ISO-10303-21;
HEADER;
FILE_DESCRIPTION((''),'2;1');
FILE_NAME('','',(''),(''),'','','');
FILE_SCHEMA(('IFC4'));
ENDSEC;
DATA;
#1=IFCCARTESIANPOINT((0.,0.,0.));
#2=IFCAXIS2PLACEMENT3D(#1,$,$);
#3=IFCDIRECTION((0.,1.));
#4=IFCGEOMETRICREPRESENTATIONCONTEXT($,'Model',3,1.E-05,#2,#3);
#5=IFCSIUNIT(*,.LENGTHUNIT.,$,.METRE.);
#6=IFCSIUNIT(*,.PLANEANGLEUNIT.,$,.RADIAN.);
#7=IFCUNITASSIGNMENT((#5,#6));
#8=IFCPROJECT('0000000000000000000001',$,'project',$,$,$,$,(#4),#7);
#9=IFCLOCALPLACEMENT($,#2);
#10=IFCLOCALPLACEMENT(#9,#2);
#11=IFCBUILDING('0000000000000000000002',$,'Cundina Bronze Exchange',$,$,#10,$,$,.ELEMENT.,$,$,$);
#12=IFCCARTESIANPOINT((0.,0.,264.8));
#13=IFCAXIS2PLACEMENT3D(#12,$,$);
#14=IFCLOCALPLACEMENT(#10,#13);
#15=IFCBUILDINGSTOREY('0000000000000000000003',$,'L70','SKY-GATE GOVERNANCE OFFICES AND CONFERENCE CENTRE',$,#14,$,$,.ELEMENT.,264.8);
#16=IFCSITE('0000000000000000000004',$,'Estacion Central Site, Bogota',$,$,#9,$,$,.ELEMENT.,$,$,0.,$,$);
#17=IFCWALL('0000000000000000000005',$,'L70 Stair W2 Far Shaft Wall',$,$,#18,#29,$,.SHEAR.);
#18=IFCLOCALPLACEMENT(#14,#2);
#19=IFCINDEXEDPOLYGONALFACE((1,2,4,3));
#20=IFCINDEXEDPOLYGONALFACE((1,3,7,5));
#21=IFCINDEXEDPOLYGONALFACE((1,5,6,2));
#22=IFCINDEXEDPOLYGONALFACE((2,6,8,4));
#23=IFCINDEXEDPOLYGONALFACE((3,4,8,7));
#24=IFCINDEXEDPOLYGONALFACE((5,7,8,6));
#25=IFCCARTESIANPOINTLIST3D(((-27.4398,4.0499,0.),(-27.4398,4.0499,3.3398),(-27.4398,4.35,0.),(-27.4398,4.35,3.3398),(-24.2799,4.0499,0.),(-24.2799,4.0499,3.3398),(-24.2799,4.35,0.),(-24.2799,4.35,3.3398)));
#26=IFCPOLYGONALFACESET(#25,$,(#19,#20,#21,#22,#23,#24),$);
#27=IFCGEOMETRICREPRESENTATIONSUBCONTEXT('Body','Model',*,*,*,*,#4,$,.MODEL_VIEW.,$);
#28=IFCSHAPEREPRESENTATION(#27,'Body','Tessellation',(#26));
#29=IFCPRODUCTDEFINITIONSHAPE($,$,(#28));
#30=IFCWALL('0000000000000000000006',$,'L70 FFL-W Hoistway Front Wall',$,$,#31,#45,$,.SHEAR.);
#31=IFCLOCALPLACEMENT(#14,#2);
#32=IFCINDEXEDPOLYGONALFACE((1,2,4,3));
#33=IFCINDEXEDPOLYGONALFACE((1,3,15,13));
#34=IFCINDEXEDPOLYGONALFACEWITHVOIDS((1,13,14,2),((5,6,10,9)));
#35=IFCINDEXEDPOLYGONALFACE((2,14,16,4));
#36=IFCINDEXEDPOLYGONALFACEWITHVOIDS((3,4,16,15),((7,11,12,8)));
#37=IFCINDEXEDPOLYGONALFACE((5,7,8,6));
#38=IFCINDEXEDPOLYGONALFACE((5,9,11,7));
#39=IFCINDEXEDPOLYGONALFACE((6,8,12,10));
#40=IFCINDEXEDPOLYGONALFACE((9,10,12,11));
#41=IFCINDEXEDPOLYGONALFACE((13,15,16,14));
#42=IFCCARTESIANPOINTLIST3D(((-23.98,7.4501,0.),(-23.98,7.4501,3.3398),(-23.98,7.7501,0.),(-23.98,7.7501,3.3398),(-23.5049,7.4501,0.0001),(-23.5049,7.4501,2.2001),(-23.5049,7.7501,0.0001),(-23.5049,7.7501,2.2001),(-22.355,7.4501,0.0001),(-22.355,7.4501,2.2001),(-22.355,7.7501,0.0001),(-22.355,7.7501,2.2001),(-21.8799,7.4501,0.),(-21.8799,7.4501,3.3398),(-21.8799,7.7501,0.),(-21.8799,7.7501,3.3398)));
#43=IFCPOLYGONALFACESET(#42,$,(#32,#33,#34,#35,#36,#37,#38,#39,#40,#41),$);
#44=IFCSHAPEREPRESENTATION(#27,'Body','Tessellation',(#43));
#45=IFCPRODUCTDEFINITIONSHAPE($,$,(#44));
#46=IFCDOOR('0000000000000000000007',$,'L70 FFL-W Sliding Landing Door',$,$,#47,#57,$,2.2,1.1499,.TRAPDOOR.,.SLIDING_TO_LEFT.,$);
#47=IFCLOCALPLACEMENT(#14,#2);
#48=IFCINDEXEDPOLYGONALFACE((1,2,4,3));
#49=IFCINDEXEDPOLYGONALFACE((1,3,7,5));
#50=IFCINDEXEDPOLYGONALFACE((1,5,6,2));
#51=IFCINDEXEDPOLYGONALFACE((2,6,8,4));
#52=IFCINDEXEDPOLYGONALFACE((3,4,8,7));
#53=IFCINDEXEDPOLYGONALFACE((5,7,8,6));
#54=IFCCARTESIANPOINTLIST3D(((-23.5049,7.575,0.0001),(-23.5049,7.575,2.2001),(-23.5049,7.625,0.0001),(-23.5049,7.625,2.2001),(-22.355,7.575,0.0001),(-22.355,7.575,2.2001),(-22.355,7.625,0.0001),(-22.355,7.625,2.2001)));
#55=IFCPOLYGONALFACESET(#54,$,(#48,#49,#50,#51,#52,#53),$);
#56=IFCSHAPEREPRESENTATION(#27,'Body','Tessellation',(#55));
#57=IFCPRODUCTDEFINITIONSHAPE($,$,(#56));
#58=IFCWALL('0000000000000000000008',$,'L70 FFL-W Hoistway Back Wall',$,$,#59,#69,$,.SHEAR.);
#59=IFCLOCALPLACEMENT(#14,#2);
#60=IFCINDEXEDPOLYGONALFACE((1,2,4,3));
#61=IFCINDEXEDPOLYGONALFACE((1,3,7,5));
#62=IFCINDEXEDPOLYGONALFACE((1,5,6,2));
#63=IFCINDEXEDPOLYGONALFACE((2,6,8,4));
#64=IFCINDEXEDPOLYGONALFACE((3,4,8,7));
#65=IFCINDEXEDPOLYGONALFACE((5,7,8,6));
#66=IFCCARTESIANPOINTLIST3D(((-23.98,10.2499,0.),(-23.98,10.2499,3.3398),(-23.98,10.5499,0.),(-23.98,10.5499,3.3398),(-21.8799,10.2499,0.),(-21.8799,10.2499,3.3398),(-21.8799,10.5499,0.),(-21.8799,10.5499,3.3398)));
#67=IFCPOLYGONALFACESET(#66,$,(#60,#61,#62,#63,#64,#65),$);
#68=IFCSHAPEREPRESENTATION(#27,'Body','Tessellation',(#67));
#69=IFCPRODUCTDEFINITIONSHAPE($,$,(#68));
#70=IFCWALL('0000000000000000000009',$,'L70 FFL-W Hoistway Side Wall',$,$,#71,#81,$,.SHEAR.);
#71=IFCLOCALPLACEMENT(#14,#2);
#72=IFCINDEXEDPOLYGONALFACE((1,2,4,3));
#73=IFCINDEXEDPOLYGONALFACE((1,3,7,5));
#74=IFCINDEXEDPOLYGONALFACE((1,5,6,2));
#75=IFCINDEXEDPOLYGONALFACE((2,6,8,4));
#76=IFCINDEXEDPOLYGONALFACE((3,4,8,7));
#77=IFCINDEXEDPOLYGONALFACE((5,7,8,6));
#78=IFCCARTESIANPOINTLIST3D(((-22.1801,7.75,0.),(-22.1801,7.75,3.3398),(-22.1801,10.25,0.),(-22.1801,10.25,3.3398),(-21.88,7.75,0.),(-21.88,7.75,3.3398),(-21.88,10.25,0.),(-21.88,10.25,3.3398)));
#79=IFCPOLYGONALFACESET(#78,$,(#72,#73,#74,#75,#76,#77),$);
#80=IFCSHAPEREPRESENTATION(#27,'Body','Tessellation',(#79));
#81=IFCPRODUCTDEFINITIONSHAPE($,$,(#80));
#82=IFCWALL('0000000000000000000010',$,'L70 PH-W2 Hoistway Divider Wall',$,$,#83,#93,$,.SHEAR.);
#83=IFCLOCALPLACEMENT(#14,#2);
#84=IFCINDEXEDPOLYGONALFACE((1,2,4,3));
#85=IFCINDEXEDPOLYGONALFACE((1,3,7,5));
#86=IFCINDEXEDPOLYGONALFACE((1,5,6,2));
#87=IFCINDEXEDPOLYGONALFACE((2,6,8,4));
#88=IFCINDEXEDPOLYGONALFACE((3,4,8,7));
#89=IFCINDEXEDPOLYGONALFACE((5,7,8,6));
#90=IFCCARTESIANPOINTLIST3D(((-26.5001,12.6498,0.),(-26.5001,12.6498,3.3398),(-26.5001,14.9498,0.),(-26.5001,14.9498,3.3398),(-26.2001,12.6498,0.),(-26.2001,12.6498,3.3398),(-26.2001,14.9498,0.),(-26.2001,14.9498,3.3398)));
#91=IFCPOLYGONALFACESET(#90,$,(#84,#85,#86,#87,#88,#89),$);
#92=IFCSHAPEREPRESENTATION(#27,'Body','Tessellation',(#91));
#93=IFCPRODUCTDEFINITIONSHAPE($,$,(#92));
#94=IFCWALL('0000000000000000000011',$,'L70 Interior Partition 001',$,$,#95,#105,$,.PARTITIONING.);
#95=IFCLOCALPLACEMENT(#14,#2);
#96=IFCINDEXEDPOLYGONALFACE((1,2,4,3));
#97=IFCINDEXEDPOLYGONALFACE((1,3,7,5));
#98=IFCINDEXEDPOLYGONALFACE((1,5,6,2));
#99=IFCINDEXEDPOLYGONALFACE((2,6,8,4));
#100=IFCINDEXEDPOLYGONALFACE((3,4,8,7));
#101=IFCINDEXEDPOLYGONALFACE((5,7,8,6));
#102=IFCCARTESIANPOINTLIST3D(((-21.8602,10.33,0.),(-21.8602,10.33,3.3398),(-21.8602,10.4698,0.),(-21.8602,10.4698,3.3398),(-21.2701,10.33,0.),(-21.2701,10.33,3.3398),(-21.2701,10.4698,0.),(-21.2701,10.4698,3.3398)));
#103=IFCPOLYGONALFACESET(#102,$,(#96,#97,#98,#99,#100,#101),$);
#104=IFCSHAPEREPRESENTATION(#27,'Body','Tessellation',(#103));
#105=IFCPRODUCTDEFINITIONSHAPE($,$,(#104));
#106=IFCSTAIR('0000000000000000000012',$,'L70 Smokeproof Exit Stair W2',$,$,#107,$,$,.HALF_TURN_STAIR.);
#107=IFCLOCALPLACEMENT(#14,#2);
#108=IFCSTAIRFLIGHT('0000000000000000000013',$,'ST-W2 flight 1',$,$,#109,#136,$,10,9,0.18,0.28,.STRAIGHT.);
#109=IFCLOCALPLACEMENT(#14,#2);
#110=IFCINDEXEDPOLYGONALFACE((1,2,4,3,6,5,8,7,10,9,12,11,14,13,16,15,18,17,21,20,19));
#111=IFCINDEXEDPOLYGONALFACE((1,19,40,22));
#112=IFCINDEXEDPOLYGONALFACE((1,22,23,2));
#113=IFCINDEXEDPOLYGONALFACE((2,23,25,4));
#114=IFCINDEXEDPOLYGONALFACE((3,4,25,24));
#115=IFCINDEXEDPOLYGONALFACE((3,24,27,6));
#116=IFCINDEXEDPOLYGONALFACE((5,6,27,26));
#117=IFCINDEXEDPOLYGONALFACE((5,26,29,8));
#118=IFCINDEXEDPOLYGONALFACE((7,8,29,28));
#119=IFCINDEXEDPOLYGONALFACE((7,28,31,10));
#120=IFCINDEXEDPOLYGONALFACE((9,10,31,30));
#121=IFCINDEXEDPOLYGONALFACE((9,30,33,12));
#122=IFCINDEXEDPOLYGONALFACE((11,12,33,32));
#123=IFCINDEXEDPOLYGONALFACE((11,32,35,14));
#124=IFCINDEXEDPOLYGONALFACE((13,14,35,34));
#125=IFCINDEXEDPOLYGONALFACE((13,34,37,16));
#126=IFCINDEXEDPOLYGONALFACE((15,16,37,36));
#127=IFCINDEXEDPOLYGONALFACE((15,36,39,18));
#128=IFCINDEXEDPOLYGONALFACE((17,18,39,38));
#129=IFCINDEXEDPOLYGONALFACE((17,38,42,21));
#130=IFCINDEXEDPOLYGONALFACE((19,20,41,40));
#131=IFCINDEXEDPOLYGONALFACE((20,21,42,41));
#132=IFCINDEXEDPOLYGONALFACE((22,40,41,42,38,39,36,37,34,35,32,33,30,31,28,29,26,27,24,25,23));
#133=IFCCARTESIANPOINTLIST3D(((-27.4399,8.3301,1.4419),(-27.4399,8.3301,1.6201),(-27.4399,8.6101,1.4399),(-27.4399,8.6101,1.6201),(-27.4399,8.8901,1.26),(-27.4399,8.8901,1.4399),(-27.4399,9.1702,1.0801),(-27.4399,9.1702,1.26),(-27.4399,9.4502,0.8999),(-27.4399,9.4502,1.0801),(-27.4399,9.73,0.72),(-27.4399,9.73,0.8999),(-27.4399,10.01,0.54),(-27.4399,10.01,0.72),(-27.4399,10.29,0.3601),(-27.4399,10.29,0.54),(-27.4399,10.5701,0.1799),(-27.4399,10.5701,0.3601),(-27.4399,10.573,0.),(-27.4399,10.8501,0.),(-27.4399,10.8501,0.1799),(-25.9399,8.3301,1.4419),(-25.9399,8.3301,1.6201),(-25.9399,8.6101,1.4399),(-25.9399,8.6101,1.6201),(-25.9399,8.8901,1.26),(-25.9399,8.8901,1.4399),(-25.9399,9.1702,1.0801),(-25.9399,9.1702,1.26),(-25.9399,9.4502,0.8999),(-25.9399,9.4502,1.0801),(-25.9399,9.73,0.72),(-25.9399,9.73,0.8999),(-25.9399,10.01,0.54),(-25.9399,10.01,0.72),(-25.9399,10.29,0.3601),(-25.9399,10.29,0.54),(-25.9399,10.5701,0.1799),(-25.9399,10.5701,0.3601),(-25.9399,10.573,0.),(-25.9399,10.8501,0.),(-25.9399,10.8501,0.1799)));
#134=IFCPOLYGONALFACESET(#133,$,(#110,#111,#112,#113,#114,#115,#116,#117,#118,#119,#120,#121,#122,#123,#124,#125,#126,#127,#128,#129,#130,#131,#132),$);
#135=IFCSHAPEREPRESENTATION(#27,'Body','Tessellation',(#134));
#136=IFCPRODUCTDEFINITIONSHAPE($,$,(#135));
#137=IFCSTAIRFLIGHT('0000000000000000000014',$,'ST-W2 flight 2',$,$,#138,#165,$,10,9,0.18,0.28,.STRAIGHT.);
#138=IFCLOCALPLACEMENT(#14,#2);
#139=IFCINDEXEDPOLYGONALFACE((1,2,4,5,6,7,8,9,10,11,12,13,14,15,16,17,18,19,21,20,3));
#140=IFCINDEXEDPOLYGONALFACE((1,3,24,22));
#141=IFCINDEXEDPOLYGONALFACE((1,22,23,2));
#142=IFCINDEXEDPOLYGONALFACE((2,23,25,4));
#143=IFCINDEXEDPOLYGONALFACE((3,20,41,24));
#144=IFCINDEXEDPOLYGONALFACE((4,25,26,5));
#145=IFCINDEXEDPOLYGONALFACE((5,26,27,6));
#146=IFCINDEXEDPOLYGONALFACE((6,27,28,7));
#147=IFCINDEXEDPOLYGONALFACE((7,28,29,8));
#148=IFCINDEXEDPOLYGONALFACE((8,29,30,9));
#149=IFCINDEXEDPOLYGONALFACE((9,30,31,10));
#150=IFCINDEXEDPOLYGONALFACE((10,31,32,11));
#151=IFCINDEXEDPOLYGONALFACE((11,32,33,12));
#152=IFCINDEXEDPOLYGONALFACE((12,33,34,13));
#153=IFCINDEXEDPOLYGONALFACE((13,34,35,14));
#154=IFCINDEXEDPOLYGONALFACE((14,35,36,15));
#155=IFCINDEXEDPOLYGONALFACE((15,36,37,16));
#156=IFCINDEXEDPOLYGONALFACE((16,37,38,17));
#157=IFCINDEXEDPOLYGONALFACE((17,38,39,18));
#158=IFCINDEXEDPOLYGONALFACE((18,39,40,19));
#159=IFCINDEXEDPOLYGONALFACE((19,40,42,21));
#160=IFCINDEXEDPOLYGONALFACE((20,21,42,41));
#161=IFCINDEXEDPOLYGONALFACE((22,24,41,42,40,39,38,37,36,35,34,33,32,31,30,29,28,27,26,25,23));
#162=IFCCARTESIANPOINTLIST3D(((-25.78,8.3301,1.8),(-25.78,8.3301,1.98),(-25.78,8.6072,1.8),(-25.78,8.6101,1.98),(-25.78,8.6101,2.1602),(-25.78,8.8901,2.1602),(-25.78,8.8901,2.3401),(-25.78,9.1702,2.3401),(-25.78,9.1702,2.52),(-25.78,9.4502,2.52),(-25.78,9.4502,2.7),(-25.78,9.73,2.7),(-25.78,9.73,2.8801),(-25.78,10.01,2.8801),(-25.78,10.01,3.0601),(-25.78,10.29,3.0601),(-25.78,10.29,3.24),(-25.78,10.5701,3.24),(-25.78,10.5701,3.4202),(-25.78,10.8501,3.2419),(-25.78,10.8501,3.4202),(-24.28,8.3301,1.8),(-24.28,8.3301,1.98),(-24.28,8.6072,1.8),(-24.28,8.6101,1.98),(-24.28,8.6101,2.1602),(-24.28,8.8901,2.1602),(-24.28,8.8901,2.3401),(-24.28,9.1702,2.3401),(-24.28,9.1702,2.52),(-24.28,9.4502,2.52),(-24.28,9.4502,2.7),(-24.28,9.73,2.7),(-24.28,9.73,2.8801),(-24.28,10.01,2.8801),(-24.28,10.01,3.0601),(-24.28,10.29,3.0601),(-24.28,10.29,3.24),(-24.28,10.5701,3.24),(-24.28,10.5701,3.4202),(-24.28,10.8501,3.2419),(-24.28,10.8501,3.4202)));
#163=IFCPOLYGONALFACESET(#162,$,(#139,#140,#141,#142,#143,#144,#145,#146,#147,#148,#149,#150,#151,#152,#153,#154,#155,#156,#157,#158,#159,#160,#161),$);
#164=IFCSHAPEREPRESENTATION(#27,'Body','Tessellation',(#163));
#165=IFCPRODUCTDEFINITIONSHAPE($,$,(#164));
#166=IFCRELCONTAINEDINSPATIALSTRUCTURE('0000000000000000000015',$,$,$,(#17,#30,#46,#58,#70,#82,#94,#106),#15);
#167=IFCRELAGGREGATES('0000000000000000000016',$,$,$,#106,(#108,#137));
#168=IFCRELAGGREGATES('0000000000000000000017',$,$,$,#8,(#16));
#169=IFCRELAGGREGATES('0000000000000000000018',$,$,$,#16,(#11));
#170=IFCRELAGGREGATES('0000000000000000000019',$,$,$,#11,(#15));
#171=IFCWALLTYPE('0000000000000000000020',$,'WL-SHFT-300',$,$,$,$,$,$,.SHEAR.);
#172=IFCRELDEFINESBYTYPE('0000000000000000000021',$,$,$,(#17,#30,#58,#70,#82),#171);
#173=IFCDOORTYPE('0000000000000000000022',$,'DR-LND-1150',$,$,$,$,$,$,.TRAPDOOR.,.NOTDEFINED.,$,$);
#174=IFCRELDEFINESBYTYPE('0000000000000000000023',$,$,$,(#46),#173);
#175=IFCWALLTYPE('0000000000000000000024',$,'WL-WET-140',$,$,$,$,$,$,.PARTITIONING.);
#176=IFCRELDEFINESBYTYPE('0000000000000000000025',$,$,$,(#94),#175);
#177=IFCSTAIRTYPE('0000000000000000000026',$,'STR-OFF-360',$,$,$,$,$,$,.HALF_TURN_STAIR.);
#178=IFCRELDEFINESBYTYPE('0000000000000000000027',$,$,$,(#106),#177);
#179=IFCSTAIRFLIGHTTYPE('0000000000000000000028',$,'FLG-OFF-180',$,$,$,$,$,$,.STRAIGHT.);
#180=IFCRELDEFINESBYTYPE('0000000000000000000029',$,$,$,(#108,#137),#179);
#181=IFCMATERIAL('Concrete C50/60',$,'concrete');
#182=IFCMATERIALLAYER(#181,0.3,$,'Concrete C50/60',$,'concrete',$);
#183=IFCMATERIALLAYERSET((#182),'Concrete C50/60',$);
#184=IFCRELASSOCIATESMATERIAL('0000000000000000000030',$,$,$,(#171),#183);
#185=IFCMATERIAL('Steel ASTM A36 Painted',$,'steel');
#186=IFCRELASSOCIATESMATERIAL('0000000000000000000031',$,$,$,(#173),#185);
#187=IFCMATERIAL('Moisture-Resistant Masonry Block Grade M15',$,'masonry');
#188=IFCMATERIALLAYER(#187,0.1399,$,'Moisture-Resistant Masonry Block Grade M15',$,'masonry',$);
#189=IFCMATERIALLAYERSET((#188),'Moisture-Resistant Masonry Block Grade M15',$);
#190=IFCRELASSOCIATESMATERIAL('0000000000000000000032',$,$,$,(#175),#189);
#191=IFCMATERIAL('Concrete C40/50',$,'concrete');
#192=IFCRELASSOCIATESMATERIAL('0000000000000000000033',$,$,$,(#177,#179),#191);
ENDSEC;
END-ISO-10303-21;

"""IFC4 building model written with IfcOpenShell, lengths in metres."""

from ifc_helpers import new_model, si_unit, direction, frame, frame_2d, origin, place, context, subcontext, project, spatial, polyline, rectangle, outline, extrude, material, layer, layer_set, type_object, element, fill, aggregate, save


model = new_model("IFC4")

# Units and contexts
model_context = context("Model", 3, precision=1e-05, world=origin(), true_north=direction((0.0, 1.0)))
body_context = subcontext(model_context, "Body", "Model", "MODEL_VIEW")
ifc_project = project(units=[si_unit("LENGTHUNIT", "METRE"), si_unit("PLANEANGLEUNIT", "RADIAN")], contexts=[model_context])

# Site, building, storey
site_placement = place(None, origin())
site = spatial("IfcSite", under=ifc_project, at=site_placement, Name="Estacion Central Site, Bogota", CompositionType="ELEMENT", RefElevation=0.0)
building_placement = place(site_placement, origin())
building = spatial("IfcBuilding", under=site, at=building_placement, Name="Cundina Bronze Exchange", CompositionType="ELEMENT")
storey_placement = place(building_placement, frame((0.0, 0.0, 264.8)))
storey = spatial("IfcBuildingStorey", under=building, at=storey_placement, Name="L70", Description="SKY-GATE GOVERNANCE OFFICES AND CONFERENCE CENTRE", CompositionType="ELEMENT", Elevation=264.8)

# Shared definitions
ifc_material_1 = material(Name="Concrete C50/60", Category="concrete")

# Shared definitions
ifc_layer_1 = layer(ifc_material_1, 0.3, Name="Concrete C50/60", Category="concrete")
ifc_layer_set_1 = layer_set([ifc_layer_1], Name="Concrete C50/60")
wall_type_1 = type_object("IfcWallType", Name="WL-SHFT-300", PredefinedType="SHEAR", material=ifc_layer_set_1)
ifc_material_2 = material(Name="Steel ASTM A36 Painted", Category="steel")

# Wall
wall_1_placement = place(storey_placement, frame((-27.4399, 4.2, 0.0), z_axis=(0.0, 0.0, 1.0), x_axis=(1.0, 0.0, 0.0)))
element("IfcWall", 1, at=wall_1_placement, inside=storey, type_object=wall_type_1, Name="L70 Stair W2 Far Shaft Wall", PredefinedType="SHEAR", context=body_context, shape_type="SweptSolid", body=[
    extrude(rectangle(XDim=3.1599, YDim=0.3, at=frame_2d((1.5801, 0.0))), origin(), (0.0, 0.0, 1.0), 3.3398),
])

# Wall, opening, door
wall_2_placement = place(storey_placement, frame((-23.98, 7.6001, 0.0), z_axis=(0.0, 0.0, 1.0), x_axis=(1.0, 0.0, 0.0)))
wall_2 = element("IfcWall", 2, at=wall_2_placement, inside=storey, type_object=wall_type_1, Name="L70 FFL-W Hoistway Front Wall", PredefinedType="SHEAR", context=body_context, shape_type="SweptSolid", body=[
    extrude(rectangle(XDim=2.1001, YDim=0.3, at=frame_2d((1.05, 0.0))), origin(), (0.0, 0.0, 1.0), 3.3398),
])
opening_1_placement = place(wall_2_placement, frame((0.4751, 0.0, 0.0)))
opening_1 = element("IfcOpeningElement", 3, at=opening_1_placement, cuts=wall_2, PredefinedType="OPENING", context=body_context, shape_type="SweptSolid", body=[
    extrude(rectangle(XDim=1.1499, YDim=2.2, at=frame_2d((0.575, 1.1001))), frame((0.0, 0.1599, 0.0), z_axis=(0.0, -1.0, 0.0), x_axis=(1.0, 0.0, 0.0)), (0.0, 0.0, 1.0), 0.3201),
])
door_type_1 = type_object("IfcDoorType", Name="DR-LND-1150", OperationType="NOTDEFINED", PredefinedType="TRAPDOOR", material=ifc_material_2)
door_1_placement = place(opening_1_placement, origin())
door_1 = element("IfcDoor", 4, at=door_1_placement, inside=storey, type_object=door_type_1, Name="L70 FFL-W Sliding Landing Door", OperationType="SLIDING_TO_LEFT", OverallHeight=2.2, OverallWidth=1.1499, PredefinedType="TRAPDOOR", context=body_context, shape_type="SweptSolid", body=[
    extrude(rectangle(XDim=1.1499, YDim=2.2, at=frame_2d((0.575, 1.1001))), frame((0.0, 0.0249, 0.0), z_axis=(0.0, -1.0, 0.0), x_axis=(1.0, 0.0, 0.0)), (0.0, 0.0, 1.0), 0.05),
])
fill(opening_1, door_1)

# Walls
wall_3_placement = place(storey_placement, frame((-23.98, 10.3999, 0.0), z_axis=(0.0, 0.0, 1.0), x_axis=(1.0, 0.0, 0.0)))
element("IfcWall", 5, at=wall_3_placement, inside=storey, type_object=wall_type_1, Name="L70 FFL-W Hoistway Back Wall", PredefinedType="SHEAR", context=body_context, shape_type="SweptSolid", body=[
    extrude(rectangle(XDim=2.1001, YDim=0.3, at=frame_2d((1.05, 0.0))), origin(), (0.0, 0.0, 1.0), 3.3398),
])
wall_4_placement = place(storey_placement, frame((-22.03, 7.75, 0.0), z_axis=(0.0, 0.0, 1.0), x_axis=(0.0, 1.0, 0.0)))
element("IfcWall", 6, at=wall_4_placement, inside=storey, type_object=wall_type_1, Name="L70 FFL-W Hoistway Side Wall", PredefinedType="SHEAR", context=body_context, shape_type="SweptSolid", body=[
    extrude(rectangle(XDim=2.5, YDim=0.3, at=frame_2d((1.25, 0.0))), origin(), (0.0, 0.0, 1.0), 3.3398),
])
wall_5_placement = place(storey_placement, frame((-26.3501, 12.6499, 0.0), z_axis=(0.0, 0.0, 1.0), x_axis=(0.0, 1.0, 0.0)))
element("IfcWall", 7, at=wall_5_placement, inside=storey, type_object=wall_type_1, Name="L70 PH-W2 Hoistway Divider Wall", PredefinedType="SHEAR", context=body_context, shape_type="SweptSolid", body=[
    extrude(rectangle(XDim=2.3, YDim=0.3, at=frame_2d((1.1499, 0.0))), origin(), (0.0, 0.0, 1.0), 3.3398),
])
ifc_material_3 = material(Name="Moisture-Resistant Masonry Block Grade M15", Category="masonry")
ifc_layer_2 = layer(ifc_material_3, 0.1399, Name="Moisture-Resistant Masonry Block Grade M15", Category="masonry")
ifc_layer_set_2 = layer_set([ifc_layer_2], Name="Moisture-Resistant Masonry Block Grade M15")
wall_type_2 = type_object("IfcWallType", Name="WL-WET-140", PredefinedType="PARTITIONING", material=ifc_layer_set_2)
wall_6_placement = place(storey_placement, frame((-21.8601, 10.3999, 0.0), z_axis=(0.0, 0.0, 1.0), x_axis=(1.0, 0.0, 0.0)))
element("IfcWall", 8, at=wall_6_placement, inside=storey, type_object=wall_type_2, Name="L70 Interior Partition 001", PredefinedType="PARTITIONING", context=body_context, shape_type="SweptSolid", body=[
    extrude(rectangle(XDim=0.5901, YDim=0.1399, at=frame_2d((0.2949, 0.0))), origin(), (0.0, 0.0, 1.0), 3.3398),
])

# Stair, stair flights
ifc_material_4 = material(Name="Concrete C40/50", Category="concrete")
stair_type = type_object("IfcStairType", Name="STR-OFF-360", PredefinedType="HALF_TURN_STAIR", material=ifc_material_4)
stair_placement = place(storey_placement, origin())
stair = element("IfcStair", 9, at=stair_placement, inside=storey, type_object=stair_type, Name="L70 Smokeproof Exit Stair W2", PredefinedType="HALF_TURN_STAIR")
stair_flight_type = type_object("IfcStairFlightType", Name="FLG-OFF-180", PredefinedType="STRAIGHT", material=ifc_material_4)
stair_flight_1_placement = place(storey_placement, frame((-26.6899, 10.8501, 0.0), z_axis=(0.0, 0.0, 1.0), x_axis=(0.0, -1.0, 0.0)))
stair_flight_1 = element("IfcStairFlight", 10, at=stair_flight_1_placement, type_object=stair_flight_type, Name="ST-W2 flight 1", NumberOfRisers=10, NumberOfTreads=9, PredefinedType="STRAIGHT", RiserHeight=0.18, TreadLength=0.28, context=body_context, shape_type="SweptSolid", body=[
    extrude(outline(polyline([(0.0, 0.0), (0.0, 0.1799), (0.28, 0.1799), (0.28, 0.3601), (0.5601, 0.3601), (0.5601, 0.54), (0.8401, 0.54), (0.8401, 0.72), (1.1201, 0.72), (1.1201, 0.8999), (1.3999, 0.8999), (1.3999, 1.0801), (1.6799, 1.0801), (1.6799, 1.26), (1.96, 1.26), (1.96, 1.4399), (2.24, 1.4399), (2.24, 1.6201), (2.52, 1.6201), (2.52, 1.8), (2.52, 1.4419), (0.2771, 0.0), (0.0, 0.0)])), frame((0.0, 0.75, 0.0), z_axis=(0.0, -1.0, 0.0), x_axis=(1.0, 0.0, 0.0)), (0.0, 0.0, 1.0), 1.5),
])
stair_flight_2_placement = place(storey_placement, frame((-25.03, 8.3301, 1.8), z_axis=(0.0, 0.0, 1.0), x_axis=(0.0, 1.0, 0.0)))
stair_flight_2 = element("IfcStairFlight", 11, at=stair_flight_2_placement, type_object=stair_flight_type, Name="ST-W2 flight 2", NumberOfRisers=10, NumberOfTreads=9, PredefinedType="STRAIGHT", RiserHeight=0.18, TreadLength=0.28, context=body_context, shape_type="SweptSolid", body=[
    extrude(outline(polyline([(0.0, 0.0), (0.0, 0.1799), (0.28, 0.1799), (0.28, 0.3601), (0.5601, 0.3601), (0.5601, 0.54), (0.8401, 0.54), (0.8401, 0.72), (1.1201, 0.72), (1.1201, 0.8999), (1.3999, 0.8999), (1.3999, 1.0801), (1.6799, 1.0801), (1.6799, 1.26), (1.96, 1.26), (1.96, 1.4399), (2.24, 1.4399), (2.24, 1.6201), (2.52, 1.6201), (2.52, 1.8), (2.52, 1.4419), (0.2771, 0.0), (0.0, 0.0)])), frame((0.0, 0.75, 0.0), z_axis=(0.0, -1.0, 0.0), x_axis=(1.0, 0.0, 0.0)), (0.0, 0.0, 1.0), 1.5),
])
aggregate(stair, [stair_flight_1, stair_flight_2])

save(model, "model.ifc")
